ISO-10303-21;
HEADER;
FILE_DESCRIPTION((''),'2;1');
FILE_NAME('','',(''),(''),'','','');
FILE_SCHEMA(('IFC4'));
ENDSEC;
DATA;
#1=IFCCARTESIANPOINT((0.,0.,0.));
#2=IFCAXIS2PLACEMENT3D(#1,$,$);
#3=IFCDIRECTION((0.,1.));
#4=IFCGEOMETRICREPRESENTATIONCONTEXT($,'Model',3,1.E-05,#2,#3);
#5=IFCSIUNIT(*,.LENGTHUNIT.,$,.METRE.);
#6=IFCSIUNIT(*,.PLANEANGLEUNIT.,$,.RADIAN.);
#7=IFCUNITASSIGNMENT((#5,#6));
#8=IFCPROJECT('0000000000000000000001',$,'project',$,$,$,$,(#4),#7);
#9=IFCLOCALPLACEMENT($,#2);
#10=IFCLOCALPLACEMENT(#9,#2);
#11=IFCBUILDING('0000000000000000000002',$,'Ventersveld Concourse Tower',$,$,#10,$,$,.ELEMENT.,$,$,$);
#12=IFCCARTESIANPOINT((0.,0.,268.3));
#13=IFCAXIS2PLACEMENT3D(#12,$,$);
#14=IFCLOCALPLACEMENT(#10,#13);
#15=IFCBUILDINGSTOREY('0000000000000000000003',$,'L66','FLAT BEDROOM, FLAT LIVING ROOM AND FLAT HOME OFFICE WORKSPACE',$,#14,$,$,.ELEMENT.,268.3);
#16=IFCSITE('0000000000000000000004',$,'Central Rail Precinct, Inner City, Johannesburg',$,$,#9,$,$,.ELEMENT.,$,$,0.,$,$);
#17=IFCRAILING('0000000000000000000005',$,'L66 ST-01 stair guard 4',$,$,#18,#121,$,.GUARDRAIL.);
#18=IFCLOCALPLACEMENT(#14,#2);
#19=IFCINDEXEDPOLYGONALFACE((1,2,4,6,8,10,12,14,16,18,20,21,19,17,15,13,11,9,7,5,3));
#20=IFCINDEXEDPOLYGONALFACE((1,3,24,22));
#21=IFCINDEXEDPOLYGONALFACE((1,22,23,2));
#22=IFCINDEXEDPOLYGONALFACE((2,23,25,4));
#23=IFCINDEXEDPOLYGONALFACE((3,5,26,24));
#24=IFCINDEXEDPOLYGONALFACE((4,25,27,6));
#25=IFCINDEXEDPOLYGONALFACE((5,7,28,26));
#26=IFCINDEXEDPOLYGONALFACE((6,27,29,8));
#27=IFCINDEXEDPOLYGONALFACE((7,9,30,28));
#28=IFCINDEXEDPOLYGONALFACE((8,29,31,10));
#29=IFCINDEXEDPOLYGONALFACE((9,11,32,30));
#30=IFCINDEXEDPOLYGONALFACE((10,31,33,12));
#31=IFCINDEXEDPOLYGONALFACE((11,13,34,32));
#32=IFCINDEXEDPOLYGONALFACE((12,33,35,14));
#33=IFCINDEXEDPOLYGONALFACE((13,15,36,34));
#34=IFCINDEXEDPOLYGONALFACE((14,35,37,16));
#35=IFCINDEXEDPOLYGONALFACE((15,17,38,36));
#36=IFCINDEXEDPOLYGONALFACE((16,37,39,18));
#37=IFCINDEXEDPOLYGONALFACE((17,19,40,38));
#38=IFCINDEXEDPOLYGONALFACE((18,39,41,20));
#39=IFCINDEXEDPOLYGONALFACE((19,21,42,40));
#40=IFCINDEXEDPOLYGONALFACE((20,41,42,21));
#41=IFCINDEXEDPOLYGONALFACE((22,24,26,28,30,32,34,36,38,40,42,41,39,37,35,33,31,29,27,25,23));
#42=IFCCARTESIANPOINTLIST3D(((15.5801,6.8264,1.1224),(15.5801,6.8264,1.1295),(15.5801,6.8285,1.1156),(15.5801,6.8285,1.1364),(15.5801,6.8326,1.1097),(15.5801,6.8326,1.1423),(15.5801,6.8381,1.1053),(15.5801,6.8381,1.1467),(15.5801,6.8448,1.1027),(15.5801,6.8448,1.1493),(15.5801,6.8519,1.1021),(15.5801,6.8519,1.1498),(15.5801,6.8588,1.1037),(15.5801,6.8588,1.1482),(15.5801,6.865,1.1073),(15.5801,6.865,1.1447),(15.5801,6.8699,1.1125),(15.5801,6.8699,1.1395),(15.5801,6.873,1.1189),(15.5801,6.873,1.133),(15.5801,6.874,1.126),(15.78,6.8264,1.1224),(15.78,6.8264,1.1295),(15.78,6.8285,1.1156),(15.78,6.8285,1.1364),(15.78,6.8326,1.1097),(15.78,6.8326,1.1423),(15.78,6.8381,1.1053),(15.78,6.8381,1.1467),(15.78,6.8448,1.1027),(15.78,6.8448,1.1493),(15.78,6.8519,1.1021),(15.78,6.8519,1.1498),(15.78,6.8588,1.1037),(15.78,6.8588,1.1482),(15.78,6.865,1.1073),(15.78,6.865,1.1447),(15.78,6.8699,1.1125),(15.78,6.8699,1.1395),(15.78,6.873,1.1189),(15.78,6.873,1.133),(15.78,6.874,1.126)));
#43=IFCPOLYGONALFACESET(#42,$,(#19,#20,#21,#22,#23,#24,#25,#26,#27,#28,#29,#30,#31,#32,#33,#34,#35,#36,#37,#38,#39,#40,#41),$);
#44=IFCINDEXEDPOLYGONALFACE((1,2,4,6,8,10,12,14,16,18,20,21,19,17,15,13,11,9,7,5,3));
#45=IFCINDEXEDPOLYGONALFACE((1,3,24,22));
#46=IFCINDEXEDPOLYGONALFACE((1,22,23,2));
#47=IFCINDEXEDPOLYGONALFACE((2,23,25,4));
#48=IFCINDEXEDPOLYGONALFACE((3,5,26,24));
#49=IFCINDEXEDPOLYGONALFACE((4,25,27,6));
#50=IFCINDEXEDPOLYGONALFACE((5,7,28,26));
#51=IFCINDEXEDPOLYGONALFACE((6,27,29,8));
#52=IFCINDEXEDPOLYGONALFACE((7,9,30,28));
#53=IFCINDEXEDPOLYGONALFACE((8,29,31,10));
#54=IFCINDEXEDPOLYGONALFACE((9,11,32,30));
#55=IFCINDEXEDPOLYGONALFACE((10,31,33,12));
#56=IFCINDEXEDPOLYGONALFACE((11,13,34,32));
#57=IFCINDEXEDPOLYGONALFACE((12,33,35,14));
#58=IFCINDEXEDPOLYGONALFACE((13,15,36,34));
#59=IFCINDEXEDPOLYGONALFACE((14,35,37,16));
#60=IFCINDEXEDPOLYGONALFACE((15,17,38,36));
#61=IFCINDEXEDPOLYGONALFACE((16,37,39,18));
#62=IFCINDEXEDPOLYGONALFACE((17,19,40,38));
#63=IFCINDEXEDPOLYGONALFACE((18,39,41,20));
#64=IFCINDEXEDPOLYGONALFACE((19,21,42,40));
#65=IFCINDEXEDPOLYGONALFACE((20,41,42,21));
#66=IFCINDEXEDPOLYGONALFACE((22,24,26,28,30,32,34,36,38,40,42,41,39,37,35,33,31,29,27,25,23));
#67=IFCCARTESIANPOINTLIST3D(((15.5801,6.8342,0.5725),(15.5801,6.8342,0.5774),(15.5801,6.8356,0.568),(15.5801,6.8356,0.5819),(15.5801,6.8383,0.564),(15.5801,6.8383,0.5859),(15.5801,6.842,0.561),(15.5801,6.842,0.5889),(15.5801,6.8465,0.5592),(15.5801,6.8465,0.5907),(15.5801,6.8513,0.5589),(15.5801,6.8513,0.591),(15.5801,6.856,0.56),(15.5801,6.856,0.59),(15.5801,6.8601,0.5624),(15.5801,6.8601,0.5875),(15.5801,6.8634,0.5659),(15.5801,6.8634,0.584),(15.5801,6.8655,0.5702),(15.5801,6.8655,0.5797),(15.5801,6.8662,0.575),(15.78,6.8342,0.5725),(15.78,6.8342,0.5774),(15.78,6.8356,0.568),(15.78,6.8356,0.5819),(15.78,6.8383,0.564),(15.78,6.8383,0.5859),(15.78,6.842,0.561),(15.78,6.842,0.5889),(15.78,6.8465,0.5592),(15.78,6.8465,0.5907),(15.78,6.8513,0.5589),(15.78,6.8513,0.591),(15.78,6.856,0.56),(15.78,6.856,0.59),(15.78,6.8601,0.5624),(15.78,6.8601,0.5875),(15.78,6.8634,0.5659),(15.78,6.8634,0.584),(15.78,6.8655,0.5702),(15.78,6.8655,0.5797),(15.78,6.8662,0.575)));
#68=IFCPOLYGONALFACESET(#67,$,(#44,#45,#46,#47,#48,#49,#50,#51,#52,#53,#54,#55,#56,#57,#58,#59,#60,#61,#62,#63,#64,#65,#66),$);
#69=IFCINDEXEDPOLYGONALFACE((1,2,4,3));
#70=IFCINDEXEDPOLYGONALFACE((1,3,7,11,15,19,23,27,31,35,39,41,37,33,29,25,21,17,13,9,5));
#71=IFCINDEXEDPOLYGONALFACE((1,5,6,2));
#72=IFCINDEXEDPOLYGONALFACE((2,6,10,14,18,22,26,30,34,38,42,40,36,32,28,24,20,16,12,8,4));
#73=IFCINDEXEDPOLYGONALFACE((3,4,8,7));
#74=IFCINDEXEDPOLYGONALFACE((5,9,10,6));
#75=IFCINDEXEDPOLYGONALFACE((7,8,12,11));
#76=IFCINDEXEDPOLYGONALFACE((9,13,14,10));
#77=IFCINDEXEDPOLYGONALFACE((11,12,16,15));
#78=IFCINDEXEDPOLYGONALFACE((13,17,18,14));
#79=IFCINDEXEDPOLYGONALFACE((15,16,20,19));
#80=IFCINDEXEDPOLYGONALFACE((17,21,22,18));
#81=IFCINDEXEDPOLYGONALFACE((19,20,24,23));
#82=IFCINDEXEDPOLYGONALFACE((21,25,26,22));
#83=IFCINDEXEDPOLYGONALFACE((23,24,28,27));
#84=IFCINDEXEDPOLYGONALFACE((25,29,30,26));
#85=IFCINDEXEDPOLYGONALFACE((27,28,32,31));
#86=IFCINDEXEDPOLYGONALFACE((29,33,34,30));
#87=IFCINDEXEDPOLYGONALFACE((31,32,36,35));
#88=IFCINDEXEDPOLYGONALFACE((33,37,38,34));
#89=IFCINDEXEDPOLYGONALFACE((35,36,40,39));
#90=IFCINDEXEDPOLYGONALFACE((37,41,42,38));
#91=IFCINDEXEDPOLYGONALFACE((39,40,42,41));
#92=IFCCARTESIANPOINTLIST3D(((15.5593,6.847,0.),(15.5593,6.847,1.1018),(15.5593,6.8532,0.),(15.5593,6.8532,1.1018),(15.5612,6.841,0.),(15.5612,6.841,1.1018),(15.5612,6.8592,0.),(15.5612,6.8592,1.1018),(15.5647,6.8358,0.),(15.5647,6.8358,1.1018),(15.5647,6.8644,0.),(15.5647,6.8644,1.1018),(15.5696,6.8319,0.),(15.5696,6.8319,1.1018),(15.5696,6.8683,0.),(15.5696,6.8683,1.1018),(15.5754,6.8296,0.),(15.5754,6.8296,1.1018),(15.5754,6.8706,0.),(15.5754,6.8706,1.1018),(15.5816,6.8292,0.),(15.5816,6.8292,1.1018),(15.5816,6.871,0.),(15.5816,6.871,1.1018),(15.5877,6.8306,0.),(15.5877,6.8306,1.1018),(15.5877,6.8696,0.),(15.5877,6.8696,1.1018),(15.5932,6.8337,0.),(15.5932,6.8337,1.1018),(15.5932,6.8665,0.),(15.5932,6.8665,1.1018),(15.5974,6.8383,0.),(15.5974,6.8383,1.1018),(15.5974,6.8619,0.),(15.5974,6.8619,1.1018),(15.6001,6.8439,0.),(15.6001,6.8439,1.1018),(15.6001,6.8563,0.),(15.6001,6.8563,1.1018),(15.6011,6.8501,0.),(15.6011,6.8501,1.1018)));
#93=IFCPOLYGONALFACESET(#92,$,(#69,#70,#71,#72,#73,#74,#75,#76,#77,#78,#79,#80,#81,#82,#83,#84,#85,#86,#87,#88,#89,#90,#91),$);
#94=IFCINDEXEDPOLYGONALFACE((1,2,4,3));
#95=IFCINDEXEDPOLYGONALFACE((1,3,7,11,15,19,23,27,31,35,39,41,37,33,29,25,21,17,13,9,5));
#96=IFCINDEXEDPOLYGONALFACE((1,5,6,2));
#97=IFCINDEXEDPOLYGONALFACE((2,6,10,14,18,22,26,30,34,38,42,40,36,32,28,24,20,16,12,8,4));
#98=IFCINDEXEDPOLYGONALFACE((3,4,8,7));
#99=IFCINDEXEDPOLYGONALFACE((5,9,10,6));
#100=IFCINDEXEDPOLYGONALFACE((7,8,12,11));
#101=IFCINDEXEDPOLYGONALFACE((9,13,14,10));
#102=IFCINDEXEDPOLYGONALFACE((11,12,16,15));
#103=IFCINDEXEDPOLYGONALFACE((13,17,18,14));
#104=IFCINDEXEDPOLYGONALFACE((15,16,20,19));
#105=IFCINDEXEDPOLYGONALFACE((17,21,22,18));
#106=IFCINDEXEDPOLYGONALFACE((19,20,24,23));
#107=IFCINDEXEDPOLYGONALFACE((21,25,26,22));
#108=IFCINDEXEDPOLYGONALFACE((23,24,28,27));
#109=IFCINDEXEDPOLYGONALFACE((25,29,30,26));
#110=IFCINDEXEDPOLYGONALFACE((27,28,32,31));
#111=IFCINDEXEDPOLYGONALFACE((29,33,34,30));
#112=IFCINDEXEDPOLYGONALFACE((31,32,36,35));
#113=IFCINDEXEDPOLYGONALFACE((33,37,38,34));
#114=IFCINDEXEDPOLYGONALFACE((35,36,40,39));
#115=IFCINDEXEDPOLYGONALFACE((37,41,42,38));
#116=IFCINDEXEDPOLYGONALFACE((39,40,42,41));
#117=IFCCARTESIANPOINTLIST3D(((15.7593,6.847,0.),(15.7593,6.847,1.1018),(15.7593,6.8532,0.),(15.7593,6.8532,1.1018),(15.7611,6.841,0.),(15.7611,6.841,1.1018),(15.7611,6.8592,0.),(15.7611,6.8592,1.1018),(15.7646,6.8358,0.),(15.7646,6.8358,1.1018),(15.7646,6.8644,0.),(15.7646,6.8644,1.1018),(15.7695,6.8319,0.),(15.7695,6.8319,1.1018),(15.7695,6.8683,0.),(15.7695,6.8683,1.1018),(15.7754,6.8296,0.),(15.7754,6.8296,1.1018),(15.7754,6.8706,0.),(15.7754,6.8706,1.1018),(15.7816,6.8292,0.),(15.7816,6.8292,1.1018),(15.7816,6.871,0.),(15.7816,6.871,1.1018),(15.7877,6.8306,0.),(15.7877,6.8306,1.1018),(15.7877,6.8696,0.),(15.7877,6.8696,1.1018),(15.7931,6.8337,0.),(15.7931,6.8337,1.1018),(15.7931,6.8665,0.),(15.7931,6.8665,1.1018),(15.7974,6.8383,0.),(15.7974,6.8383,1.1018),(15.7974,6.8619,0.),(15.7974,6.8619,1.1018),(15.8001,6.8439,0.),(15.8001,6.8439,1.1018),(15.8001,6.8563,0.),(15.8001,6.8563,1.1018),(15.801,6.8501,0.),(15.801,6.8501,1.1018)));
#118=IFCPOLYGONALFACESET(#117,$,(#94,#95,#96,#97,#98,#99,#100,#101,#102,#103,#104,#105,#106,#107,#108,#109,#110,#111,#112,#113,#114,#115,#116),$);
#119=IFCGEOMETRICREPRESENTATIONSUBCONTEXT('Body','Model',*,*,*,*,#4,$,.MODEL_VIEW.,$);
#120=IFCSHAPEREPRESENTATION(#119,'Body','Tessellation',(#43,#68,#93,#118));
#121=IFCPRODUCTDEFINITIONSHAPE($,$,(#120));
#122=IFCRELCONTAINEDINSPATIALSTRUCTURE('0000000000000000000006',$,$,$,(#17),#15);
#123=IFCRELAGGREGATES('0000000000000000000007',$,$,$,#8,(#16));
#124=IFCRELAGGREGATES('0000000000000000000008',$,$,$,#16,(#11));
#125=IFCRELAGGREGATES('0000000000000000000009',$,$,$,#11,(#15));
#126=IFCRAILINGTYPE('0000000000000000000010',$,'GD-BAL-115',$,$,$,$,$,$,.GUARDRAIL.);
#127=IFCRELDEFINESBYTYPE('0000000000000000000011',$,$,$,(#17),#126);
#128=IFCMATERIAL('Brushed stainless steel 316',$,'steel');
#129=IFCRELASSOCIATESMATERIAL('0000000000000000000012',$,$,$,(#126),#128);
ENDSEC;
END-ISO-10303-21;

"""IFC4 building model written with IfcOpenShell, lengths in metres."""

from ifc_helpers import new_model, si_unit, direction, frame, origin, origin_2d, place, context, subcontext, project, spatial, circle, extrude, material, type_object, element, save


model = new_model("IFC4")

# Units and contexts
model_context = context("Model", 3, precision=1e-05, world=origin(), true_north=direction((0.0, 1.0)))
body_context = subcontext(model_context, "Body", "Model", "MODEL_VIEW")
ifc_project = project(units=[si_unit("LENGTHUNIT", "METRE"), si_unit("PLANEANGLEUNIT", "RADIAN")], contexts=[model_context])

# Site, building, storey
site_placement = place(None, origin())
site = spatial("IfcSite", under=ifc_project, at=site_placement, Name="Central Rail Precinct, Inner City, Johannesburg", CompositionType="ELEMENT", RefElevation=0.0)
building_placement = place(site_placement, origin())
building = spatial("IfcBuilding", under=site, at=building_placement, Name="Ventersveld Concourse Tower", CompositionType="ELEMENT")
storey_placement = place(building_placement, frame((0.0, 0.0, 268.3)))
storey = spatial("IfcBuildingStorey", under=building, at=storey_placement, Name="L66", Description="FLAT BEDROOM, FLAT LIVING ROOM AND FLAT HOME OFFICE WORKSPACE", CompositionType="ELEMENT", Elevation=268.3)

# Shared definitions
ifc_material_1 = material(Name="Brushed stainless steel 316", Category="steel")

# Railing
railing_type_1 = type_object("IfcRailingType", Name="GD-BAL-115", PredefinedType="GUARDRAIL", material=ifc_material_1)
railing_1_placement = place(storey_placement, frame((15.5801, 6.8501, 0.0)))
element("IfcRailing", 1, at=railing_1_placement, inside=storey, type_object=railing_type_1, Name="L66 ST-01 stair guard 4", PredefinedType="GUARDRAIL", context=body_context, shape_type="SweptSolid", body=[
    extrude(circle(Radius=0.0239, at=origin_2d()), frame((0.0, 0.0, 1.126), z_axis=(1.0, 0.0, 0.0), x_axis=(0.0, 1.0, 0.0)), (0.0, 0.0, 1.0), 0.2),
    extrude(circle(Radius=0.0161, at=origin_2d()), frame((0.0, 0.0, 0.575), z_axis=(1.0, 0.0, 0.0), x_axis=(0.0, 1.0, 0.0)), (0.0, 0.0, 1.0), 0.2),
    extrude(circle(Radius=0.021, at=origin_2d()), origin(), (0.0, 0.0, 1.0), 1.1018),
    extrude(circle(Radius=0.021, at=origin_2d()), frame((0.2, 0.0, 0.0)), (0.0, 0.0, 1.0), 1.1018),
])

save(model, "model.ifc")
